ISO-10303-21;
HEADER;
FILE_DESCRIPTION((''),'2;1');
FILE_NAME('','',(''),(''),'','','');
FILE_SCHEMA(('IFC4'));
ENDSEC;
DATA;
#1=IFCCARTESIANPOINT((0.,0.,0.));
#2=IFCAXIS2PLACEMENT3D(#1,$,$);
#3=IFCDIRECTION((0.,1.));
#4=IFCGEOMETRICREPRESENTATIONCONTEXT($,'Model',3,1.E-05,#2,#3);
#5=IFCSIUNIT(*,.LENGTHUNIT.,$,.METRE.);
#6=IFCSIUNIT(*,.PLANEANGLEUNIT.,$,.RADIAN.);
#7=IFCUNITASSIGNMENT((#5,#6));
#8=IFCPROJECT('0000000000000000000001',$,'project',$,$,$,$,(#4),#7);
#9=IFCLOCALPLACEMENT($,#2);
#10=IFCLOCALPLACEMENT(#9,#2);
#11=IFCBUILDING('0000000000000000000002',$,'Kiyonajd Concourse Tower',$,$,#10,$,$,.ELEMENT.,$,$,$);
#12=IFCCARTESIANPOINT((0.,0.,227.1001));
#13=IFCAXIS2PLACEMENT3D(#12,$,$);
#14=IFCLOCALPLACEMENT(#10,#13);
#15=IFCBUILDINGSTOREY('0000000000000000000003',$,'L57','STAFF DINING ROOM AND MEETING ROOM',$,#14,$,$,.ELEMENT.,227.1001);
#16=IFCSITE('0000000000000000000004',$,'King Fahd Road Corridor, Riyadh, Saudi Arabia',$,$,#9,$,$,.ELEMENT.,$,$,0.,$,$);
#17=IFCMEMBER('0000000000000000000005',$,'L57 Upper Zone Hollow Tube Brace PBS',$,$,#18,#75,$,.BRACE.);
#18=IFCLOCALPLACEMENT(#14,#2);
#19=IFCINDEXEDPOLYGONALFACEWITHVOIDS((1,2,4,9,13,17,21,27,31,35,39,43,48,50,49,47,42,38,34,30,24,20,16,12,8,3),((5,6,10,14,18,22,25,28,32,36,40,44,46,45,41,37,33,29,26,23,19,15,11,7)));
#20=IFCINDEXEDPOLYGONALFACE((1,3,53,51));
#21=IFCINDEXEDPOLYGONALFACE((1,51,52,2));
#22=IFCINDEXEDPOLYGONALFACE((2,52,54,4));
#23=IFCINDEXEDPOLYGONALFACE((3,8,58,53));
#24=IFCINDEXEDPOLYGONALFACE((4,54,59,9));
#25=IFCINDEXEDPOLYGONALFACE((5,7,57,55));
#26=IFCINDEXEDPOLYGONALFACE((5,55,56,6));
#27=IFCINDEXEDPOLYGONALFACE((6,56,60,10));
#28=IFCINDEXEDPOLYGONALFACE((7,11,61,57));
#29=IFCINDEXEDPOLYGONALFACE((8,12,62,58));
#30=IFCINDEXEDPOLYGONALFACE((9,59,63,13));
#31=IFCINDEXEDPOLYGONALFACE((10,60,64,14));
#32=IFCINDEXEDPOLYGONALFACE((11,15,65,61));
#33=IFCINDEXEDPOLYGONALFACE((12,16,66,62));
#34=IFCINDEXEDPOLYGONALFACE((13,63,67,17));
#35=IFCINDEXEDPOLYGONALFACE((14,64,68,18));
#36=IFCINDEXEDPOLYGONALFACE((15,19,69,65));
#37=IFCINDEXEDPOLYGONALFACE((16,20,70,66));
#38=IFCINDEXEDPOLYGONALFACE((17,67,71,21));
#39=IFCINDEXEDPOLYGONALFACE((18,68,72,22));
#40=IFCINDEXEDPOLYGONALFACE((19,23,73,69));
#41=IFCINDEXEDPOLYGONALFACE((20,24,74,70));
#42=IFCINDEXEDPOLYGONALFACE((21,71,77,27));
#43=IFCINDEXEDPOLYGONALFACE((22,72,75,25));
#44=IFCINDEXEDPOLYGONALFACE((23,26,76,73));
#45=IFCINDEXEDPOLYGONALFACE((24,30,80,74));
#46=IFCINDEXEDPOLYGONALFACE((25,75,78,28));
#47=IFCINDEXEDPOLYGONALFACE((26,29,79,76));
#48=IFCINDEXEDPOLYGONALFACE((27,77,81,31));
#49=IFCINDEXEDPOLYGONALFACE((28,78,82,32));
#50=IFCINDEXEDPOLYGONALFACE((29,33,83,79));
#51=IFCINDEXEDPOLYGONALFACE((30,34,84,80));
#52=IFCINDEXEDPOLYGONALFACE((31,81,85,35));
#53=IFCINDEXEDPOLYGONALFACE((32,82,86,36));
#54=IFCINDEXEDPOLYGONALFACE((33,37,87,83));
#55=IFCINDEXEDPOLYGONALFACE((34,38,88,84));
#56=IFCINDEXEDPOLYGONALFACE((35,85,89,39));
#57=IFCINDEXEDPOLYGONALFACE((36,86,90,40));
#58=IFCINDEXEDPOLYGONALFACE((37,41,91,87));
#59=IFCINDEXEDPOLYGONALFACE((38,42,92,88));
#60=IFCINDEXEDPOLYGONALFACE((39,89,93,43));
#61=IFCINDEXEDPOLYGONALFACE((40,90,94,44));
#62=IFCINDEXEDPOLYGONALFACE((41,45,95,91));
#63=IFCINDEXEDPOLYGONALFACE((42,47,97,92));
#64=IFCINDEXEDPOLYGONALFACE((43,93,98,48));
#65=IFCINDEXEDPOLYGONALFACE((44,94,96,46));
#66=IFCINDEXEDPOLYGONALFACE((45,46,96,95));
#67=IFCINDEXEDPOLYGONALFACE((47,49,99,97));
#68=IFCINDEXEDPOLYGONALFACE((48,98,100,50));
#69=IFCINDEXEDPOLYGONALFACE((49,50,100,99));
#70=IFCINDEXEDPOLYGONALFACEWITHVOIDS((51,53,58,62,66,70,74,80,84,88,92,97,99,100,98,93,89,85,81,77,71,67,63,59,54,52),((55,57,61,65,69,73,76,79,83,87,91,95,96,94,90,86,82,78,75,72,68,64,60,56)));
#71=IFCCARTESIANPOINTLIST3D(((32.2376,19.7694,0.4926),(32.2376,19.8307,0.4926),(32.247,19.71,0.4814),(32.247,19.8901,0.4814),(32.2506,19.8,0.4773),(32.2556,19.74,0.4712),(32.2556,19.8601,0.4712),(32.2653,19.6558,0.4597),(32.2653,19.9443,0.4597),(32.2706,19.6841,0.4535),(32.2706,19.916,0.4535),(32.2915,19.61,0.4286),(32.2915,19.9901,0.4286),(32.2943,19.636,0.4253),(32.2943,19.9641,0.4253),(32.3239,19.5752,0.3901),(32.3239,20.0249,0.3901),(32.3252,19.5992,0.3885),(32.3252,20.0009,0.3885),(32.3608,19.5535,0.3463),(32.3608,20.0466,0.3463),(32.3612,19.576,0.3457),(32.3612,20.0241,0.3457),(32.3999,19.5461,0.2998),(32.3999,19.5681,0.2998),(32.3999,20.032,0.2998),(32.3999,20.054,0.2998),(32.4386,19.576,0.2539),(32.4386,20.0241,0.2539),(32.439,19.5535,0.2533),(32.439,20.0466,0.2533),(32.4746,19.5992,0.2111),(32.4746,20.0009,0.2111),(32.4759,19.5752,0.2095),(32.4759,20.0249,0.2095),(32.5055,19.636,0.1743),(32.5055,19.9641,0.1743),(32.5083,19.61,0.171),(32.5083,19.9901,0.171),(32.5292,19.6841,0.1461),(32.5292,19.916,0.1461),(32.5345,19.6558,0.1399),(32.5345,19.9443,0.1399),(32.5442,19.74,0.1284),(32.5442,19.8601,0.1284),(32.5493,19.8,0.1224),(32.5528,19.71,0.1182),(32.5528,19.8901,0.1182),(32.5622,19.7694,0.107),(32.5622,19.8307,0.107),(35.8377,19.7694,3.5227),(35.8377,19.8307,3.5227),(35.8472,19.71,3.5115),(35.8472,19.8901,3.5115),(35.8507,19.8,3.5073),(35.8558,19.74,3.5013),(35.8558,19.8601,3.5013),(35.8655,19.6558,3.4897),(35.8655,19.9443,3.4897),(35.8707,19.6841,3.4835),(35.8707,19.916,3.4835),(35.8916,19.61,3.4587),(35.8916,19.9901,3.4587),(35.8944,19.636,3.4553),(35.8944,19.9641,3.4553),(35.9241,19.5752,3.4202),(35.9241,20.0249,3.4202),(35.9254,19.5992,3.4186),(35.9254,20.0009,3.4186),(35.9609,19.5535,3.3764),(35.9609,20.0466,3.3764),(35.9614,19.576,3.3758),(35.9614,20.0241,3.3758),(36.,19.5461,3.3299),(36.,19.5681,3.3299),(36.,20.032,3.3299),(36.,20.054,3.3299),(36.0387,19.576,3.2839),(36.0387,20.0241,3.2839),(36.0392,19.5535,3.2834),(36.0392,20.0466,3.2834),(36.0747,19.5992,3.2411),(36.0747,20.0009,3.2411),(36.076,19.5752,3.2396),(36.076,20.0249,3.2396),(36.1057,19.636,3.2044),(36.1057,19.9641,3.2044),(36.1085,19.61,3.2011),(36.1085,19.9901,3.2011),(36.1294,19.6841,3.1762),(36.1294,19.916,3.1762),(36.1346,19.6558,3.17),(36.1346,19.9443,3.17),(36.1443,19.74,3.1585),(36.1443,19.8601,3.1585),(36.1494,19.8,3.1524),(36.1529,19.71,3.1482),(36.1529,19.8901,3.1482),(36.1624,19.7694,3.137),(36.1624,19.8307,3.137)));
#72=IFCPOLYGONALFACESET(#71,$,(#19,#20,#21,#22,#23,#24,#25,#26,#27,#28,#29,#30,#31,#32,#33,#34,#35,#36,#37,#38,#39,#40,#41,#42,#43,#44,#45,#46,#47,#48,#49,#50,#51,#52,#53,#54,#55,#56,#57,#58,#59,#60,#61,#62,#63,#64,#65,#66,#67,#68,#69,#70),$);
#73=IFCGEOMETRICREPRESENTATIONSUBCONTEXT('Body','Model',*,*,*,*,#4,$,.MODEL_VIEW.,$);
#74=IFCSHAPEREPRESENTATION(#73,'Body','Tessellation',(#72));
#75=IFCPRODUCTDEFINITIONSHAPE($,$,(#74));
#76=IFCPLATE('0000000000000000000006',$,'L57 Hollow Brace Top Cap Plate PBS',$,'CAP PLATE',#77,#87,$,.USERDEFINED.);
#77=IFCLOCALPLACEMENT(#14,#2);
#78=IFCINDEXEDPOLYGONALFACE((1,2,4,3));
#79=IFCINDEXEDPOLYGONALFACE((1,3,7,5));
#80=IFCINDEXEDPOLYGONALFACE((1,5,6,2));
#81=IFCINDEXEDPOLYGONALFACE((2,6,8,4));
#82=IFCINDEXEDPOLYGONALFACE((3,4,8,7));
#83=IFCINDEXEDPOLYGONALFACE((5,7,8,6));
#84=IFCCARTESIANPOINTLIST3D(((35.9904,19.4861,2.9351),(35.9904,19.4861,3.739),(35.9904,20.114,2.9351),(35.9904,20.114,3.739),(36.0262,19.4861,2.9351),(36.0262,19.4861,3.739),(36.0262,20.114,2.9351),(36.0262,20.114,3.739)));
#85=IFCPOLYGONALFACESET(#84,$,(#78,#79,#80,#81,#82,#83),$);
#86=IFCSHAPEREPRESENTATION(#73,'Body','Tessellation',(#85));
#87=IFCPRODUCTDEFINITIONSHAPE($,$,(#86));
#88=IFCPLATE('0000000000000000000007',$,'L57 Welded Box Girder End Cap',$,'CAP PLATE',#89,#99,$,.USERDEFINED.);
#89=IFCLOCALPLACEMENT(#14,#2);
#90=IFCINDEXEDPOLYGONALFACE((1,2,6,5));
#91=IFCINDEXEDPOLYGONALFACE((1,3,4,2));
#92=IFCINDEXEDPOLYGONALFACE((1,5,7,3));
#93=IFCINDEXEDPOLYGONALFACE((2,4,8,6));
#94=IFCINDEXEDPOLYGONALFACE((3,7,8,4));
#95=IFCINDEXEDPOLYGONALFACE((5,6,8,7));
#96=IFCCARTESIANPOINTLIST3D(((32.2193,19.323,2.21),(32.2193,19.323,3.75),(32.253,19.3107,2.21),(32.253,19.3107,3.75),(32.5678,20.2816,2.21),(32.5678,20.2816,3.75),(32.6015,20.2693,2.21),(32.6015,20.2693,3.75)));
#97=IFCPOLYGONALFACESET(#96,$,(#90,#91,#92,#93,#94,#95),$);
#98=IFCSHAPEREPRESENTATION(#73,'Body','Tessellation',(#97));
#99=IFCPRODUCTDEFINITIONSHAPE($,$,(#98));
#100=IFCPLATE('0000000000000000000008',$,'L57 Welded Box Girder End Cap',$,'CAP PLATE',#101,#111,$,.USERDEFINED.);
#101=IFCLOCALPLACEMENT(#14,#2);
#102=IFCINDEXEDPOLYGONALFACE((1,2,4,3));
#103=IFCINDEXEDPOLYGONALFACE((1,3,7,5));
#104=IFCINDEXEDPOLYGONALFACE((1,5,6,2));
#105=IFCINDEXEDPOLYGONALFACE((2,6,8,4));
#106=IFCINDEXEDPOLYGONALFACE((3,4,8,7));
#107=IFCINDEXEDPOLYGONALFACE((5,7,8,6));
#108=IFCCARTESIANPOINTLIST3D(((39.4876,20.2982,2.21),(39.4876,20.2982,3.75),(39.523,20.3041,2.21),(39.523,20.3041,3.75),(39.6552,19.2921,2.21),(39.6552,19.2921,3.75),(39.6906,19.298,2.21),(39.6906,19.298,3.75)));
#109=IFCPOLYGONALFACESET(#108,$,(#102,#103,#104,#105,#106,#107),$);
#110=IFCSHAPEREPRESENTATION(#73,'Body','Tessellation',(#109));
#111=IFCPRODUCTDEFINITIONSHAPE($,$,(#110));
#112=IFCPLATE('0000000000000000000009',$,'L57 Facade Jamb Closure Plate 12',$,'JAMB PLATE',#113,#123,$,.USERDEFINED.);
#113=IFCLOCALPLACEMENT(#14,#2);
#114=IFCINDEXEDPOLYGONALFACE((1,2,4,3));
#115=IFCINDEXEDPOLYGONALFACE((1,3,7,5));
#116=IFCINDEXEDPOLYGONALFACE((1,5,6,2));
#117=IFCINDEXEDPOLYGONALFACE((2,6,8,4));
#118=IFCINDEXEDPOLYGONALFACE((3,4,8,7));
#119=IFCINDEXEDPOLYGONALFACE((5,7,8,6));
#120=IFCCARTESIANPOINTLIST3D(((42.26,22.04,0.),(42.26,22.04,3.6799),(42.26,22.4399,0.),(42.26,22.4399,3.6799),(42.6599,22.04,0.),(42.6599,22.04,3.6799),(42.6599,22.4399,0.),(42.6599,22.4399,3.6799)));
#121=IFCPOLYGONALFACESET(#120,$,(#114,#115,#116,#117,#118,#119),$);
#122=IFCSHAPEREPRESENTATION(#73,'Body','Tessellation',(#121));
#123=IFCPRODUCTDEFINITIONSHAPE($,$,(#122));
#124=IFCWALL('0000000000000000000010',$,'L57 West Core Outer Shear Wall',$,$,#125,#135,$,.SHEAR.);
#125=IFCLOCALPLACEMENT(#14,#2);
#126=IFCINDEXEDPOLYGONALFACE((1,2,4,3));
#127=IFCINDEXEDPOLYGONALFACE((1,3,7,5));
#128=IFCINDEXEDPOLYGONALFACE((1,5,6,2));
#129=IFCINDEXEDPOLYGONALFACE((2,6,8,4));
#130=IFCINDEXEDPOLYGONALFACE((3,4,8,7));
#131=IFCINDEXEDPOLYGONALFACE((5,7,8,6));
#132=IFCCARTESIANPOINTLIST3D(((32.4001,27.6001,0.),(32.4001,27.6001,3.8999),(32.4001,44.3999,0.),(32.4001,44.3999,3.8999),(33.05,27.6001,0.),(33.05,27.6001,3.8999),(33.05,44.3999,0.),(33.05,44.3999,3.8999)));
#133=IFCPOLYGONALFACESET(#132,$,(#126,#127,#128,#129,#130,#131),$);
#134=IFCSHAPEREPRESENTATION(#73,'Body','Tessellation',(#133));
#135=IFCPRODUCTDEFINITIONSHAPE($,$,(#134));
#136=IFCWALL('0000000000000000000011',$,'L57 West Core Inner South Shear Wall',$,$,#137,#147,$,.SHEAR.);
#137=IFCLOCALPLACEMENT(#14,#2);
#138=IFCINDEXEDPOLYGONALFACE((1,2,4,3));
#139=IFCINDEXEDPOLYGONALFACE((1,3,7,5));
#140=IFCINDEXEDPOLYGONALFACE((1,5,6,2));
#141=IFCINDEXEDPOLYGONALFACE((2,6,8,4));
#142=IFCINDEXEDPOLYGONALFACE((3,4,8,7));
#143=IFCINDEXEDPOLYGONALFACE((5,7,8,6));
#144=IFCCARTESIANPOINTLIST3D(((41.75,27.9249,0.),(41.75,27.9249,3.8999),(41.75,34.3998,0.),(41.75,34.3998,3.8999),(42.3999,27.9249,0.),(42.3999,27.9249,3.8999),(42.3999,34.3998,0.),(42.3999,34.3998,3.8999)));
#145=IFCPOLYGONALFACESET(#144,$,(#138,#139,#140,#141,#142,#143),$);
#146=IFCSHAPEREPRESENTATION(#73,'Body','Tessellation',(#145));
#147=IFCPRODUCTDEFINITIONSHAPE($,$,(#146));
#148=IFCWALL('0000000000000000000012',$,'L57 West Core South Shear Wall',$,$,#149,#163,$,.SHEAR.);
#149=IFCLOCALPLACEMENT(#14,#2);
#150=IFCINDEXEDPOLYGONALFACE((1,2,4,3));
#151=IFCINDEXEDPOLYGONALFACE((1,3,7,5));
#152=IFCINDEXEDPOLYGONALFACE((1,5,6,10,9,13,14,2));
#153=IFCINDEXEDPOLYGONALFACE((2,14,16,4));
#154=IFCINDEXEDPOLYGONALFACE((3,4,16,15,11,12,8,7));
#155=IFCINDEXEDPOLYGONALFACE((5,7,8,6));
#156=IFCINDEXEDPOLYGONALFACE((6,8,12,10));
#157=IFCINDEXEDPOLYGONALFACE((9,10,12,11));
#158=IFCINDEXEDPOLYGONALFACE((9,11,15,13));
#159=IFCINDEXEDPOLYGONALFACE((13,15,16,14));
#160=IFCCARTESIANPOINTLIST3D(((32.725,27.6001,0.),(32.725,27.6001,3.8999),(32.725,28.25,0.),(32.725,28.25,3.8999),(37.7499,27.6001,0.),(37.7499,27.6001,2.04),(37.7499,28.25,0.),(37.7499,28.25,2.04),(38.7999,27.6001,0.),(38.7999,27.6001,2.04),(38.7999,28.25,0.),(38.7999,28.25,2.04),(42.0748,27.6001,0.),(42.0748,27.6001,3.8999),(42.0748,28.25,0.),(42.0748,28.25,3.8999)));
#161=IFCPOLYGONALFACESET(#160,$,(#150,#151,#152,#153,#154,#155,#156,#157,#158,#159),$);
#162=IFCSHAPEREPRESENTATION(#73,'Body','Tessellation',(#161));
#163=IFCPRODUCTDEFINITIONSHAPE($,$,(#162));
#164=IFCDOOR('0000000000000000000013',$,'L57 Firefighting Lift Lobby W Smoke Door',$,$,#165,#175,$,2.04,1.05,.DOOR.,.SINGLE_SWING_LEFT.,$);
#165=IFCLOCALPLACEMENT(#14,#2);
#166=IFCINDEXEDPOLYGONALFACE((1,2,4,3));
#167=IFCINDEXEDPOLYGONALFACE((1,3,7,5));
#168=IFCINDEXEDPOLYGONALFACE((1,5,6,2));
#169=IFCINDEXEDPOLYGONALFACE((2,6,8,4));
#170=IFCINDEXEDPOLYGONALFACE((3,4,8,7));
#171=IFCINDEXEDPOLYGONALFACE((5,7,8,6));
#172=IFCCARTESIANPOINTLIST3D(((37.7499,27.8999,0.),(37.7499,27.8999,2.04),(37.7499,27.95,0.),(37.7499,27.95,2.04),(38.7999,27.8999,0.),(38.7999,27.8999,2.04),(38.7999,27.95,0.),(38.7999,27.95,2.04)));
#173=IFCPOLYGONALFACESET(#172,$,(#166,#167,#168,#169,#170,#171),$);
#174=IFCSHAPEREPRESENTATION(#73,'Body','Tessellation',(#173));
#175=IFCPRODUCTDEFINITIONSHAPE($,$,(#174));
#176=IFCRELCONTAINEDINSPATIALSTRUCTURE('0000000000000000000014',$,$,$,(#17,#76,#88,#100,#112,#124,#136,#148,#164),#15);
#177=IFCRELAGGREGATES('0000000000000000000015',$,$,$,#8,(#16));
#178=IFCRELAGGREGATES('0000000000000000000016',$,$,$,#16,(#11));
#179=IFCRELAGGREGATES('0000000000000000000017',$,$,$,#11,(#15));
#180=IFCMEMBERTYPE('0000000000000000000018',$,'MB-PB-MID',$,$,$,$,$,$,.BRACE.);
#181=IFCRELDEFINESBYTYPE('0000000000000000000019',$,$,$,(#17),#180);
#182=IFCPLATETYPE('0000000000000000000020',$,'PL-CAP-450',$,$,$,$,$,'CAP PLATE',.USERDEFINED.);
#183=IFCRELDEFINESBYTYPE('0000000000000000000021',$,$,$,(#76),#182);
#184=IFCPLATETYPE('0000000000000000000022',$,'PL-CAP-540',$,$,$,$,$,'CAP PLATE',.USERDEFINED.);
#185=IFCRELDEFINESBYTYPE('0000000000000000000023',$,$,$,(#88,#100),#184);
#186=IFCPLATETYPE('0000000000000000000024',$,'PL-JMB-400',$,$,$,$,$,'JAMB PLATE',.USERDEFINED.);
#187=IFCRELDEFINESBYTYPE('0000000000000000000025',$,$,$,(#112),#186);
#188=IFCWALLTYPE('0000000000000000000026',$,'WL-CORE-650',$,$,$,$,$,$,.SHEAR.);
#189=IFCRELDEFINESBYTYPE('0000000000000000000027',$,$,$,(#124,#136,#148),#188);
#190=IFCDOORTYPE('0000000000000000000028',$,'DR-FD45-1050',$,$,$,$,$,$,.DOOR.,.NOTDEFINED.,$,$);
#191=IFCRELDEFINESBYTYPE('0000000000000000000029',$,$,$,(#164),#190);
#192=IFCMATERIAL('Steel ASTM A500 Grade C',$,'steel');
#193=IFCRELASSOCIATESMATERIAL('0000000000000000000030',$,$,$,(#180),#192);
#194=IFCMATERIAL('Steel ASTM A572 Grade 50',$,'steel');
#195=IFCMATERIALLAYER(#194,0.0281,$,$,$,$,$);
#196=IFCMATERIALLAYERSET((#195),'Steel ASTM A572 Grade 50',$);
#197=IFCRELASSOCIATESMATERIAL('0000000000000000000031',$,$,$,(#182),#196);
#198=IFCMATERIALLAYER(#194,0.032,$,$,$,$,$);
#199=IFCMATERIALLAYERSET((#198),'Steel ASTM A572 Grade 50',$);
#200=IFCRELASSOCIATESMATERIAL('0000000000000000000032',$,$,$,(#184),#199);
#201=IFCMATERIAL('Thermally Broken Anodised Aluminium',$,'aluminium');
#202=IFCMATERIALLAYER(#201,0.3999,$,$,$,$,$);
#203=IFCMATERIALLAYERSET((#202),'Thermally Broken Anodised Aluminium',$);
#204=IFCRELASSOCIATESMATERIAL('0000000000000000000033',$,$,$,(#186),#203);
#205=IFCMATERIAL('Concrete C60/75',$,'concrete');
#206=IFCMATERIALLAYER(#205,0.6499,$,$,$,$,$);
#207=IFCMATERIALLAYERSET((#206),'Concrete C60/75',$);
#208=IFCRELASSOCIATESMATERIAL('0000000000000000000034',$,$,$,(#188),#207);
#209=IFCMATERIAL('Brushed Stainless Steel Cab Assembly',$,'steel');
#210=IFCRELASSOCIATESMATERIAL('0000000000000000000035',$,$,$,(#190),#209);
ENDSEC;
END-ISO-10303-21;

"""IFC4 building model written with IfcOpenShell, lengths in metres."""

from ifc_helpers import new_model, si_unit, direction, frame, frame_2d, origin, origin_2d, place, context, subcontext, project, spatial, rectangle, hollow_circle, extrude, material, layer, layer_set, material_profile, profile_set, type_object, element, fill, save


model = new_model("IFC4")

# Units and contexts
model_context = context("Model", 3, precision=1e-05, world=origin(), true_north=direction((0.0, 1.0)))
body_context = subcontext(model_context, "Body", "Model", "MODEL_VIEW")
ifc_project = project(units=[si_unit("LENGTHUNIT", "METRE"), si_unit("PLANEANGLEUNIT", "RADIAN")], contexts=[model_context])

# Site, building, storey
site_placement = place(None, origin())
site = spatial("IfcSite", under=ifc_project, at=site_placement, Name="King Fahd Road Corridor, Riyadh, Saudi Arabia", CompositionType="ELEMENT", RefElevation=0.0)
building_placement = place(site_placement, origin())
building = spatial("IfcBuilding", under=site, at=building_placement, Name="Kiyonajd Concourse Tower", CompositionType="ELEMENT")
storey_placement = place(building_placement, frame((0.0, 0.0, 227.1001)))
storey = spatial("IfcBuildingStorey", under=building, at=storey_placement, Name="L57", Description="STAFF DINING ROOM AND MEETING ROOM", CompositionType="ELEMENT", Elevation=227.1001)

# Shared definitions
ifc_material_1 = material(Name="Concrete C60/75", Category="concrete")

# Shared definitions
ifc_material_2 = material(Name="Steel ASTM A572 Grade 50", Category="steel")

# Member
ifc_material_3 = material(Name="Steel ASTM A500 Grade C", Category="steel")
ifc_material_profile_1 = material_profile(ifc_material_3, hollow_circle(Radius=0.2539, WallThickness=0.022, at=origin_2d()), Name="CHS-508x22")
ifc_profile_set_1 = profile_set([ifc_material_profile_1], Name="Steel ASTM A500 Grade C")
member_type = type_object("IfcMemberType", Name="MB-PB-MID", PredefinedType="BRACE", material=ifc_profile_set_1)
member_placement = place(storey_placement, frame((32.3999, 19.8, 0.2998), z_axis=(0.765082, 0.0, 0.643933), x_axis=(0.0, 1.0, 0.0)))
element("IfcMember", 1, at=member_placement, inside=storey, type_object=member_type, Name="L57 Upper Zone Hollow Tube Brace PBS", PredefinedType="BRACE", context=body_context, shape_type="SweptSolid", body=[
    extrude(hollow_circle(Radius=0.2539, WallThickness=0.022, at=origin_2d()), origin(), (0.0, 0.0, 1.0), 4.7056),
])

# Plates
ifc_layer_1 = layer(ifc_material_2, 0.0281)
ifc_layer_set_1 = layer_set([ifc_layer_1], Name="Steel ASTM A572 Grade 50")
plate_type_1 = type_object("IfcPlateType", Name="PL-CAP-450", ElementType="CAP PLATE", PredefinedType="USERDEFINED", material=ifc_layer_set_1)
plate_1_placement = place(storey_placement, frame((36.0083, 19.8, 2.9351), z_axis=(0.0, 0.0, 1.0), x_axis=(1.0, 0.0, 0.0)))
element("IfcPlate", 2, at=plate_1_placement, inside=storey, type_object=plate_type_1, Name="L57 Hollow Brace Top Cap Plate PBS", ObjectType="CAP PLATE", PredefinedType="USERDEFINED", context=body_context, shape_type="SweptSolid", body=[
    extrude(rectangle(XDim=0.0359, YDim=0.6279, at=origin_2d()), origin(), (0.0, 0.0, 1.0), 0.804),
])
ifc_layer_2 = layer(ifc_material_2, 0.032)
ifc_layer_set_2 = layer_set([ifc_layer_2], Name="Steel ASTM A572 Grade 50")
plate_type_2 = type_object("IfcPlateType", Name="PL-CAP-540", ElementType="CAP PLATE", PredefinedType="USERDEFINED", material=ifc_layer_set_2)
for number, where, z_axis, x_axis, name in (
    (3, (32.4104, 19.7961, 2.21), (0.0, 0.0, 1.0), (0.939812, -0.341692, 0.0), "L57 Welded Box Girder End Cap"),
    (4, (39.5891, 19.7981, 2.21), (0.0, 0.0, 1.0), (-0.986401, -0.164359, 0.0), "L57 Welded Box Girder End Cap"),
):
    element("IfcPlate", number, at=place(storey_placement, frame(where, z_axis=z_axis, x_axis=x_axis)), inside=storey, type_object=plate_type_2, Name=name, ObjectType="CAP PLATE", PredefinedType="USERDEFINED", context=body_context, shape_type="SweptSolid", body=[
        extrude(rectangle(XDim=0.0359, YDim=1.02, at=origin_2d()), origin(), (0.0, 0.0, 1.0), 1.54),
    ])
ifc_material_4 = material(Name="Thermally Broken Anodised Aluminium", Category="aluminium")
ifc_layer_3 = layer(ifc_material_4, 0.3999)
ifc_layer_set_3 = layer_set([ifc_layer_3], Name="Thermally Broken Anodised Aluminium")
plate_type_3 = type_object("IfcPlateType", Name="PL-JMB-400", ElementType="JAMB PLATE", PredefinedType="USERDEFINED", material=ifc_layer_set_3)
plate_2_placement = place(storey_placement, frame((42.46, 22.24, 0.0), z_axis=(0.0, 0.0, 1.0), x_axis=(1.0, 0.0, 0.0)))
element("IfcPlate", 5, at=plate_2_placement, inside=storey, type_object=plate_type_3, Name="L57 Facade Jamb Closure Plate 12", ObjectType="JAMB PLATE", PredefinedType="USERDEFINED", context=body_context, shape_type="SweptSolid", body=[
    extrude(rectangle(XDim=0.3999, YDim=0.3999, at=origin_2d()), origin(), (0.0, 0.0, 1.0), 3.6799),
])

# Walls
ifc_layer_4 = layer(ifc_material_1, 0.6499)
ifc_layer_set_4 = layer_set([ifc_layer_4], Name="Concrete C60/75")
wall_type_1 = type_object("IfcWallType", Name="WL-CORE-650", PredefinedType="SHEAR", material=ifc_layer_set_4)
wall_1_placement = place(storey_placement, frame((32.7251, 27.6001, 0.0), z_axis=(0.0, 0.0, 1.0), x_axis=(0.0, 1.0, 0.0)))
element("IfcWall", 6, at=wall_1_placement, inside=storey, type_object=wall_type_1, Name="L57 West Core Outer Shear Wall", PredefinedType="SHEAR", context=body_context, shape_type="SweptSolid", body=[
    extrude(rectangle(XDim=16.7998, YDim=0.6499, at=frame_2d((8.3999, 0.0))), origin(), (0.0, 0.0, 1.0), 3.8999),
])
wall_2_placement = place(storey_placement, frame((42.075, 27.925, 0.0), z_axis=(0.0, 0.0, 1.0), x_axis=(0.0, 1.0, 0.0)))
element("IfcWall", 7, at=wall_2_placement, inside=storey, type_object=wall_type_1, Name="L57 West Core Inner South Shear Wall", PredefinedType="SHEAR", context=body_context, shape_type="SweptSolid", body=[
    extrude(rectangle(XDim=6.4749, YDim=0.6499, at=frame_2d((3.2373, 0.0))), origin(), (0.0, 0.0, 1.0), 3.8999),
])

# Wall, opening, door
wall_3_placement = place(storey_placement, frame((32.7251, 27.925, 0.0), z_axis=(0.0, 0.0, 1.0), x_axis=(1.0, 0.0, 0.0)))
wall_3 = element("IfcWall", 8, at=wall_3_placement, inside=storey, type_object=wall_type_1, Name="L57 West Core South Shear Wall", PredefinedType="SHEAR", context=body_context, shape_type="SweptSolid", body=[
    extrude(rectangle(XDim=9.3499, YDim=0.6499, at=frame_2d((4.6748, 0.0))), origin(), (0.0, 0.0, 1.0), 3.8999),
])
opening_placement = place(wall_3_placement, frame((5.0249, 0.0, 0.0)))
opening = element("IfcOpeningElement", 9, at=opening_placement, cuts=wall_3, PredefinedType="OPENING", context=body_context, shape_type="SweptSolid", body=[
    extrude(rectangle(XDim=1.05, YDim=2.04, at=frame_2d((0.5249, 1.02))), frame((0.0, 0.335, 0.0), z_axis=(0.0, -1.0, 0.0), x_axis=(1.0, 0.0, 0.0)), (0.0, 0.0, 1.0), 0.6699),
])
ifc_material_5 = material(Name="Brushed Stainless Steel Cab Assembly", Category="steel")
door_type = type_object("IfcDoorType", Name="DR-FD45-1050", OperationType="NOTDEFINED", PredefinedType="DOOR", material=ifc_material_5)
door_placement = place(opening_placement, origin())
door = element("IfcDoor", 10, at=door_placement, inside=storey, type_object=door_type, Name="L57 Firefighting Lift Lobby W Smoke Door", OperationType="SINGLE_SWING_LEFT", OverallHeight=2.04, OverallWidth=1.05, PredefinedType="DOOR", context=body_context, shape_type="SweptSolid", body=[
    extrude(rectangle(XDim=1.05, YDim=2.04, at=frame_2d((0.5249, 1.02))), frame((0.0, 0.0249, 0.0), z_axis=(0.0, -1.0, 0.0), x_axis=(1.0, 0.0, 0.0)), (0.0, 0.0, 1.0), 0.05),
])
fill(opening, door)

save(model, "model.ifc")
